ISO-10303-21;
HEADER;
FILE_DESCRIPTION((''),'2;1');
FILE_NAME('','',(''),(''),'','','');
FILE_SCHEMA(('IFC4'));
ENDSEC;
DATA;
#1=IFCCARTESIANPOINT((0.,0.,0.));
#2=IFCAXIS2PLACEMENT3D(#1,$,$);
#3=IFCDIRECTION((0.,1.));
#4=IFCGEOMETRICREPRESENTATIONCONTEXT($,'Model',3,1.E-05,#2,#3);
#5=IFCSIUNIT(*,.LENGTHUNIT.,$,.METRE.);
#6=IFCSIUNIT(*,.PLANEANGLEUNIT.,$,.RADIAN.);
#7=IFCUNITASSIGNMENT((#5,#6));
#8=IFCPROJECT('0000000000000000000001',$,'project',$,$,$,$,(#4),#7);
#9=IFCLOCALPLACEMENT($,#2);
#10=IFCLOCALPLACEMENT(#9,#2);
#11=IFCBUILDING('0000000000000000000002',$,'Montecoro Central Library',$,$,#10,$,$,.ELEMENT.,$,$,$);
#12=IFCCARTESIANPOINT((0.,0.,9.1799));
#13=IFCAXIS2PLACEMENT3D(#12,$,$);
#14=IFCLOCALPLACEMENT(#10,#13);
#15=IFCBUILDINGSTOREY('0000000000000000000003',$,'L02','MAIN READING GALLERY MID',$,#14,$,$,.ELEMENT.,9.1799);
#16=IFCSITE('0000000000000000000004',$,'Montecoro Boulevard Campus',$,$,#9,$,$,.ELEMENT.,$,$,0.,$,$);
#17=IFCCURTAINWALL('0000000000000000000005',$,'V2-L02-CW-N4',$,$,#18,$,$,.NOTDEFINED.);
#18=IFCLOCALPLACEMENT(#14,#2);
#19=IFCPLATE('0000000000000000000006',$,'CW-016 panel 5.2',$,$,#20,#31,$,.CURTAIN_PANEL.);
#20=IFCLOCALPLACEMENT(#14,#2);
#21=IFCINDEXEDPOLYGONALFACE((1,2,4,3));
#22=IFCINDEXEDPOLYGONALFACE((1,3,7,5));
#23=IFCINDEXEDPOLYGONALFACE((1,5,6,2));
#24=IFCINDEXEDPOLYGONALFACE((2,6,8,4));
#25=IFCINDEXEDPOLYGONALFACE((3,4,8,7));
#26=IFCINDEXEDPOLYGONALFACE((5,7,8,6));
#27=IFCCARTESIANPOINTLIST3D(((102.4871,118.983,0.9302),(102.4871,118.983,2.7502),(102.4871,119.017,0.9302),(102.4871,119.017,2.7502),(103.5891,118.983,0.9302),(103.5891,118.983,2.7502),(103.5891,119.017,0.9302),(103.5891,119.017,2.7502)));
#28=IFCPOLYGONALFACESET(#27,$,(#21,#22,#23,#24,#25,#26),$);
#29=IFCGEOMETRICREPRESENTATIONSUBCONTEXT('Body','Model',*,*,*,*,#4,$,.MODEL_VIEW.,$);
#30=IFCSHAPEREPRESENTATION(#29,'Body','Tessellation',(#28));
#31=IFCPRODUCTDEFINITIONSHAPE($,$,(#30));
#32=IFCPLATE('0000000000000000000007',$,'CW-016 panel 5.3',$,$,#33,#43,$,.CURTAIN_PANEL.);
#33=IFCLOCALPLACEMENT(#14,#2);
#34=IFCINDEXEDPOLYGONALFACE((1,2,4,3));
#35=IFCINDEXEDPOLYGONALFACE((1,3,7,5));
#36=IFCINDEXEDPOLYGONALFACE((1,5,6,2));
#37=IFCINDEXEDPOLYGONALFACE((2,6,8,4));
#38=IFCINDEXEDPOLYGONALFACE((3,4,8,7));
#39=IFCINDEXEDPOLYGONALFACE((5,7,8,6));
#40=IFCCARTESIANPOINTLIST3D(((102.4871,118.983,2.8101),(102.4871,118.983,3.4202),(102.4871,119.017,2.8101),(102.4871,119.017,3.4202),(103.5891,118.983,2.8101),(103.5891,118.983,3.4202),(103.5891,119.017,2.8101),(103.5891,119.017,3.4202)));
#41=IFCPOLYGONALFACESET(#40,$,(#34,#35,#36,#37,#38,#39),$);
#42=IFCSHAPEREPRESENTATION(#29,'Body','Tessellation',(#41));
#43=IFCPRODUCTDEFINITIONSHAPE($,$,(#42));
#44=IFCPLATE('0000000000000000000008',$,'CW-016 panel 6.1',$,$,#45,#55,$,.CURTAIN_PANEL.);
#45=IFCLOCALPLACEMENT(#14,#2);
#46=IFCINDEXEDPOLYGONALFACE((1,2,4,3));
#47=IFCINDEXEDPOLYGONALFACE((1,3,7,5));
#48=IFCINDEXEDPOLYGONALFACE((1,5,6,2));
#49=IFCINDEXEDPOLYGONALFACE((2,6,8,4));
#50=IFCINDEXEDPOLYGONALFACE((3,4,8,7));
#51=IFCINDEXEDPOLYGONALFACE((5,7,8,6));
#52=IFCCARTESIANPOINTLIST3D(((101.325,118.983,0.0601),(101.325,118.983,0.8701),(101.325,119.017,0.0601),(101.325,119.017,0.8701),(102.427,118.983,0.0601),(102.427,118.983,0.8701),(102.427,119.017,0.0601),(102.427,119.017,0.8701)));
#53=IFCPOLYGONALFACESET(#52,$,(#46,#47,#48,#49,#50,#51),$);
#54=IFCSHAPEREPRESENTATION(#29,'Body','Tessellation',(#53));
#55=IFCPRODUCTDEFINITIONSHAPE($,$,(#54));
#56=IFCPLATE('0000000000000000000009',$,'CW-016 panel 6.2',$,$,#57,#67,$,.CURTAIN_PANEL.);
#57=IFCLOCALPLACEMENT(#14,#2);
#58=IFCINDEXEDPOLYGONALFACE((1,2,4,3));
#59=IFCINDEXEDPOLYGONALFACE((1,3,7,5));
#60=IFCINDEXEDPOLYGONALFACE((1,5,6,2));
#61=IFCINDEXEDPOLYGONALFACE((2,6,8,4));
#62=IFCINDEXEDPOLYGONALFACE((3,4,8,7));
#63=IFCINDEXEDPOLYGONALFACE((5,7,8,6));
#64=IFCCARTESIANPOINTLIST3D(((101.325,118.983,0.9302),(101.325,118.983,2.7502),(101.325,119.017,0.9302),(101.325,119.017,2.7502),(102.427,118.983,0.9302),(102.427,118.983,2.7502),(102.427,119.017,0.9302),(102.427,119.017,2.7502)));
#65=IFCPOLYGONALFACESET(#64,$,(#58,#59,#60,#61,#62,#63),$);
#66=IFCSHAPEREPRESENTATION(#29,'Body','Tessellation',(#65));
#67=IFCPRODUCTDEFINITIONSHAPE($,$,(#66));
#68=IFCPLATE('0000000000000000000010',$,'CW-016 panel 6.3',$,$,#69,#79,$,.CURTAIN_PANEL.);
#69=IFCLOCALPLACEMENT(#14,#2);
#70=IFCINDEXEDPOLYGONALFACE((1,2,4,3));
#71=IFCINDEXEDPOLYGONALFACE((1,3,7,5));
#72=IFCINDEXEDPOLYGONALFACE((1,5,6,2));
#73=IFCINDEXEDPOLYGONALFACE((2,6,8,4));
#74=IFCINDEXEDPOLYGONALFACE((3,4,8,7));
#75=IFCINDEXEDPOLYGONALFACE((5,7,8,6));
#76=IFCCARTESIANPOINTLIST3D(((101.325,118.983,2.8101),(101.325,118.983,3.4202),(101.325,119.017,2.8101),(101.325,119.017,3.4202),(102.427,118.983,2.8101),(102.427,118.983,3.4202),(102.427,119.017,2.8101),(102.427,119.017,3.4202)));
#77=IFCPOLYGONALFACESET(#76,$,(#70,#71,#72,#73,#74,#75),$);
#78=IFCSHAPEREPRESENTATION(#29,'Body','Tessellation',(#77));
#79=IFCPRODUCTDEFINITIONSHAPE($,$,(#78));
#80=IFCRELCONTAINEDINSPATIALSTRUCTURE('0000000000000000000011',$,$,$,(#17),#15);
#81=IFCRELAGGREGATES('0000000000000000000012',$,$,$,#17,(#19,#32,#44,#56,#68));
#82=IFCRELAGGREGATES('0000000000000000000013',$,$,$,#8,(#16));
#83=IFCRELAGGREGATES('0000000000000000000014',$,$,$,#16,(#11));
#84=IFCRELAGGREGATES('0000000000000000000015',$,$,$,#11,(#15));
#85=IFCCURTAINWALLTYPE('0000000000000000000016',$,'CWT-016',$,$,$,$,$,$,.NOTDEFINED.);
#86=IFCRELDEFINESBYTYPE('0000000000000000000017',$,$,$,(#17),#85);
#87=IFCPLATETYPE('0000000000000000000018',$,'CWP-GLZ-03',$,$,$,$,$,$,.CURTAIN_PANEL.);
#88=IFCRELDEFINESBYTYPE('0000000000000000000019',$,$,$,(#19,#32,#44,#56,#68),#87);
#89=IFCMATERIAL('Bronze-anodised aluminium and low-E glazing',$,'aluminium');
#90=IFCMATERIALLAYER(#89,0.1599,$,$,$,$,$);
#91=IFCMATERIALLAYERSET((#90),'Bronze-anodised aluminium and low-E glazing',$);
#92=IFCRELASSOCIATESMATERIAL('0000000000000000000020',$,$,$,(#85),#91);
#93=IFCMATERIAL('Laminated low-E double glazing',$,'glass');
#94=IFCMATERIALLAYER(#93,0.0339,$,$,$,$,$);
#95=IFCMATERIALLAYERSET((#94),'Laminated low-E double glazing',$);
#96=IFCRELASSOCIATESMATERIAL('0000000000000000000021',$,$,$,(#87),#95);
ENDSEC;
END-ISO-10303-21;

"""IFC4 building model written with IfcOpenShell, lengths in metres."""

from ifc_helpers import new_model, si_unit, direction, frame, origin, origin_2d, place, context, subcontext, project, spatial, rectangle, extrude, material, layer, layer_set, type_object, element, aggregate, save


model = new_model("IFC4")

# Units and contexts
model_context = context("Model", 3, precision=1e-05, world=origin(), true_north=direction((0.0, 1.0)))
body_context = subcontext(model_context, "Body", "Model", "MODEL_VIEW")
ifc_project = project(units=[si_unit("LENGTHUNIT", "METRE"), si_unit("PLANEANGLEUNIT", "RADIAN")], contexts=[model_context])

# Site, building, storey
site_placement = place(None, origin())
site = spatial("IfcSite", under=ifc_project, at=site_placement, Name="Montecoro Boulevard Campus", CompositionType="ELEMENT", RefElevation=0.0)
building_placement = place(site_placement, origin())
building = spatial("IfcBuilding", under=site, at=building_placement, Name="Montecoro Central Library", CompositionType="ELEMENT")
storey_placement = place(building_placement, frame((0.0, 0.0, 9.1799)))
storey = spatial("IfcBuildingStorey", under=building, at=storey_placement, Name="L02", Description="MAIN READING GALLERY MID", CompositionType="ELEMENT", Elevation=9.1799)

# Curtain wall, plates
ifc_material_1 = material(Name="Bronze-anodised aluminium and low-E glazing", Category="aluminium")
ifc_layer_1 = layer(ifc_material_1, 0.1599)
ifc_layer_set_1 = layer_set([ifc_layer_1], Name="Bronze-anodised aluminium and low-E glazing")
curtain_wall_type = type_object("IfcCurtainWallType", Name="CWT-016", PredefinedType="NOTDEFINED", material=ifc_layer_set_1)
curtain_wall_placement = place(storey_placement, origin())
curtain_wall = element("IfcCurtainWall", 1, at=curtain_wall_placement, inside=storey, type_object=curtain_wall_type, Name="V2-L02-CW-N4", PredefinedType="NOTDEFINED")
ifc_material_2 = material(Name="Laminated low-E double glazing", Category="glass")
ifc_layer_2 = layer(ifc_material_2, 0.0339)
ifc_layer_set_2 = layer_set([ifc_layer_2], Name="Laminated low-E double glazing")
plate_type = type_object("IfcPlateType", Name="CWP-GLZ-03", PredefinedType="CURTAIN_PANEL", material=ifc_layer_set_2)
plate_1_placement = place(storey_placement, frame((103.0381, 119.0, 0.9302), z_axis=(0.0, 0.0, 1.0), x_axis=(-1.0, 0.0, 0.0)))
plate_1 = element("IfcPlate", 2, at=plate_1_placement, type_object=plate_type, Name="CW-016 panel 5.2", PredefinedType="CURTAIN_PANEL", context=body_context, shape_type="SweptSolid", body=[
    extrude(rectangle(XDim=1.1021, YDim=0.0339, at=origin_2d()), origin(), (0.0, 0.0, 1.0), 1.8201),
])
plate_2_placement = place(storey_placement, frame((103.0381, 119.0, 2.8101), z_axis=(0.0, 0.0, 1.0), x_axis=(-1.0, 0.0, 0.0)))
plate_2 = element("IfcPlate", 3, at=plate_2_placement, type_object=plate_type, Name="CW-016 panel 5.3", PredefinedType="CURTAIN_PANEL", context=body_context, shape_type="SweptSolid", body=[
    extrude(rectangle(XDim=1.1021, YDim=0.0339, at=origin_2d()), origin(), (0.0, 0.0, 1.0), 0.6101),
])
plate_3_placement = place(storey_placement, frame((101.876, 119.0, 0.0601), z_axis=(0.0, 0.0, 1.0), x_axis=(-1.0, 0.0, 0.0)))
plate_3 = element("IfcPlate", 4, at=plate_3_placement, type_object=plate_type, Name="CW-016 panel 6.1", PredefinedType="CURTAIN_PANEL", context=body_context, shape_type="SweptSolid", body=[
    extrude(rectangle(XDim=1.1021, YDim=0.0339, at=origin_2d()), origin(), (0.0, 0.0, 1.0), 0.8101),
])
plate_4_placement = place(storey_placement, frame((101.876, 119.0, 0.9302), z_axis=(0.0, 0.0, 1.0), x_axis=(-1.0, 0.0, 0.0)))
plate_4 = element("IfcPlate", 5, at=plate_4_placement, type_object=plate_type, Name="CW-016 panel 6.2", PredefinedType="CURTAIN_PANEL", context=body_context, shape_type="SweptSolid", body=[
    extrude(rectangle(XDim=1.1021, YDim=0.0339, at=origin_2d()), origin(), (0.0, 0.0, 1.0), 1.8201),
])
plate_5_placement = place(storey_placement, frame((101.876, 119.0, 2.8101), z_axis=(0.0, 0.0, 1.0), x_axis=(-1.0, 0.0, 0.0)))
plate_5 = element("IfcPlate", 6, at=plate_5_placement, type_object=plate_type, Name="CW-016 panel 6.3", PredefinedType="CURTAIN_PANEL", context=body_context, shape_type="SweptSolid", body=[
    extrude(rectangle(XDim=1.1021, YDim=0.0339, at=origin_2d()), origin(), (0.0, 0.0, 1.0), 0.6101),
])
aggregate(curtain_wall, [plate_1, plate_2, plate_3, plate_4, plate_5])

save(model, "model.ifc")
